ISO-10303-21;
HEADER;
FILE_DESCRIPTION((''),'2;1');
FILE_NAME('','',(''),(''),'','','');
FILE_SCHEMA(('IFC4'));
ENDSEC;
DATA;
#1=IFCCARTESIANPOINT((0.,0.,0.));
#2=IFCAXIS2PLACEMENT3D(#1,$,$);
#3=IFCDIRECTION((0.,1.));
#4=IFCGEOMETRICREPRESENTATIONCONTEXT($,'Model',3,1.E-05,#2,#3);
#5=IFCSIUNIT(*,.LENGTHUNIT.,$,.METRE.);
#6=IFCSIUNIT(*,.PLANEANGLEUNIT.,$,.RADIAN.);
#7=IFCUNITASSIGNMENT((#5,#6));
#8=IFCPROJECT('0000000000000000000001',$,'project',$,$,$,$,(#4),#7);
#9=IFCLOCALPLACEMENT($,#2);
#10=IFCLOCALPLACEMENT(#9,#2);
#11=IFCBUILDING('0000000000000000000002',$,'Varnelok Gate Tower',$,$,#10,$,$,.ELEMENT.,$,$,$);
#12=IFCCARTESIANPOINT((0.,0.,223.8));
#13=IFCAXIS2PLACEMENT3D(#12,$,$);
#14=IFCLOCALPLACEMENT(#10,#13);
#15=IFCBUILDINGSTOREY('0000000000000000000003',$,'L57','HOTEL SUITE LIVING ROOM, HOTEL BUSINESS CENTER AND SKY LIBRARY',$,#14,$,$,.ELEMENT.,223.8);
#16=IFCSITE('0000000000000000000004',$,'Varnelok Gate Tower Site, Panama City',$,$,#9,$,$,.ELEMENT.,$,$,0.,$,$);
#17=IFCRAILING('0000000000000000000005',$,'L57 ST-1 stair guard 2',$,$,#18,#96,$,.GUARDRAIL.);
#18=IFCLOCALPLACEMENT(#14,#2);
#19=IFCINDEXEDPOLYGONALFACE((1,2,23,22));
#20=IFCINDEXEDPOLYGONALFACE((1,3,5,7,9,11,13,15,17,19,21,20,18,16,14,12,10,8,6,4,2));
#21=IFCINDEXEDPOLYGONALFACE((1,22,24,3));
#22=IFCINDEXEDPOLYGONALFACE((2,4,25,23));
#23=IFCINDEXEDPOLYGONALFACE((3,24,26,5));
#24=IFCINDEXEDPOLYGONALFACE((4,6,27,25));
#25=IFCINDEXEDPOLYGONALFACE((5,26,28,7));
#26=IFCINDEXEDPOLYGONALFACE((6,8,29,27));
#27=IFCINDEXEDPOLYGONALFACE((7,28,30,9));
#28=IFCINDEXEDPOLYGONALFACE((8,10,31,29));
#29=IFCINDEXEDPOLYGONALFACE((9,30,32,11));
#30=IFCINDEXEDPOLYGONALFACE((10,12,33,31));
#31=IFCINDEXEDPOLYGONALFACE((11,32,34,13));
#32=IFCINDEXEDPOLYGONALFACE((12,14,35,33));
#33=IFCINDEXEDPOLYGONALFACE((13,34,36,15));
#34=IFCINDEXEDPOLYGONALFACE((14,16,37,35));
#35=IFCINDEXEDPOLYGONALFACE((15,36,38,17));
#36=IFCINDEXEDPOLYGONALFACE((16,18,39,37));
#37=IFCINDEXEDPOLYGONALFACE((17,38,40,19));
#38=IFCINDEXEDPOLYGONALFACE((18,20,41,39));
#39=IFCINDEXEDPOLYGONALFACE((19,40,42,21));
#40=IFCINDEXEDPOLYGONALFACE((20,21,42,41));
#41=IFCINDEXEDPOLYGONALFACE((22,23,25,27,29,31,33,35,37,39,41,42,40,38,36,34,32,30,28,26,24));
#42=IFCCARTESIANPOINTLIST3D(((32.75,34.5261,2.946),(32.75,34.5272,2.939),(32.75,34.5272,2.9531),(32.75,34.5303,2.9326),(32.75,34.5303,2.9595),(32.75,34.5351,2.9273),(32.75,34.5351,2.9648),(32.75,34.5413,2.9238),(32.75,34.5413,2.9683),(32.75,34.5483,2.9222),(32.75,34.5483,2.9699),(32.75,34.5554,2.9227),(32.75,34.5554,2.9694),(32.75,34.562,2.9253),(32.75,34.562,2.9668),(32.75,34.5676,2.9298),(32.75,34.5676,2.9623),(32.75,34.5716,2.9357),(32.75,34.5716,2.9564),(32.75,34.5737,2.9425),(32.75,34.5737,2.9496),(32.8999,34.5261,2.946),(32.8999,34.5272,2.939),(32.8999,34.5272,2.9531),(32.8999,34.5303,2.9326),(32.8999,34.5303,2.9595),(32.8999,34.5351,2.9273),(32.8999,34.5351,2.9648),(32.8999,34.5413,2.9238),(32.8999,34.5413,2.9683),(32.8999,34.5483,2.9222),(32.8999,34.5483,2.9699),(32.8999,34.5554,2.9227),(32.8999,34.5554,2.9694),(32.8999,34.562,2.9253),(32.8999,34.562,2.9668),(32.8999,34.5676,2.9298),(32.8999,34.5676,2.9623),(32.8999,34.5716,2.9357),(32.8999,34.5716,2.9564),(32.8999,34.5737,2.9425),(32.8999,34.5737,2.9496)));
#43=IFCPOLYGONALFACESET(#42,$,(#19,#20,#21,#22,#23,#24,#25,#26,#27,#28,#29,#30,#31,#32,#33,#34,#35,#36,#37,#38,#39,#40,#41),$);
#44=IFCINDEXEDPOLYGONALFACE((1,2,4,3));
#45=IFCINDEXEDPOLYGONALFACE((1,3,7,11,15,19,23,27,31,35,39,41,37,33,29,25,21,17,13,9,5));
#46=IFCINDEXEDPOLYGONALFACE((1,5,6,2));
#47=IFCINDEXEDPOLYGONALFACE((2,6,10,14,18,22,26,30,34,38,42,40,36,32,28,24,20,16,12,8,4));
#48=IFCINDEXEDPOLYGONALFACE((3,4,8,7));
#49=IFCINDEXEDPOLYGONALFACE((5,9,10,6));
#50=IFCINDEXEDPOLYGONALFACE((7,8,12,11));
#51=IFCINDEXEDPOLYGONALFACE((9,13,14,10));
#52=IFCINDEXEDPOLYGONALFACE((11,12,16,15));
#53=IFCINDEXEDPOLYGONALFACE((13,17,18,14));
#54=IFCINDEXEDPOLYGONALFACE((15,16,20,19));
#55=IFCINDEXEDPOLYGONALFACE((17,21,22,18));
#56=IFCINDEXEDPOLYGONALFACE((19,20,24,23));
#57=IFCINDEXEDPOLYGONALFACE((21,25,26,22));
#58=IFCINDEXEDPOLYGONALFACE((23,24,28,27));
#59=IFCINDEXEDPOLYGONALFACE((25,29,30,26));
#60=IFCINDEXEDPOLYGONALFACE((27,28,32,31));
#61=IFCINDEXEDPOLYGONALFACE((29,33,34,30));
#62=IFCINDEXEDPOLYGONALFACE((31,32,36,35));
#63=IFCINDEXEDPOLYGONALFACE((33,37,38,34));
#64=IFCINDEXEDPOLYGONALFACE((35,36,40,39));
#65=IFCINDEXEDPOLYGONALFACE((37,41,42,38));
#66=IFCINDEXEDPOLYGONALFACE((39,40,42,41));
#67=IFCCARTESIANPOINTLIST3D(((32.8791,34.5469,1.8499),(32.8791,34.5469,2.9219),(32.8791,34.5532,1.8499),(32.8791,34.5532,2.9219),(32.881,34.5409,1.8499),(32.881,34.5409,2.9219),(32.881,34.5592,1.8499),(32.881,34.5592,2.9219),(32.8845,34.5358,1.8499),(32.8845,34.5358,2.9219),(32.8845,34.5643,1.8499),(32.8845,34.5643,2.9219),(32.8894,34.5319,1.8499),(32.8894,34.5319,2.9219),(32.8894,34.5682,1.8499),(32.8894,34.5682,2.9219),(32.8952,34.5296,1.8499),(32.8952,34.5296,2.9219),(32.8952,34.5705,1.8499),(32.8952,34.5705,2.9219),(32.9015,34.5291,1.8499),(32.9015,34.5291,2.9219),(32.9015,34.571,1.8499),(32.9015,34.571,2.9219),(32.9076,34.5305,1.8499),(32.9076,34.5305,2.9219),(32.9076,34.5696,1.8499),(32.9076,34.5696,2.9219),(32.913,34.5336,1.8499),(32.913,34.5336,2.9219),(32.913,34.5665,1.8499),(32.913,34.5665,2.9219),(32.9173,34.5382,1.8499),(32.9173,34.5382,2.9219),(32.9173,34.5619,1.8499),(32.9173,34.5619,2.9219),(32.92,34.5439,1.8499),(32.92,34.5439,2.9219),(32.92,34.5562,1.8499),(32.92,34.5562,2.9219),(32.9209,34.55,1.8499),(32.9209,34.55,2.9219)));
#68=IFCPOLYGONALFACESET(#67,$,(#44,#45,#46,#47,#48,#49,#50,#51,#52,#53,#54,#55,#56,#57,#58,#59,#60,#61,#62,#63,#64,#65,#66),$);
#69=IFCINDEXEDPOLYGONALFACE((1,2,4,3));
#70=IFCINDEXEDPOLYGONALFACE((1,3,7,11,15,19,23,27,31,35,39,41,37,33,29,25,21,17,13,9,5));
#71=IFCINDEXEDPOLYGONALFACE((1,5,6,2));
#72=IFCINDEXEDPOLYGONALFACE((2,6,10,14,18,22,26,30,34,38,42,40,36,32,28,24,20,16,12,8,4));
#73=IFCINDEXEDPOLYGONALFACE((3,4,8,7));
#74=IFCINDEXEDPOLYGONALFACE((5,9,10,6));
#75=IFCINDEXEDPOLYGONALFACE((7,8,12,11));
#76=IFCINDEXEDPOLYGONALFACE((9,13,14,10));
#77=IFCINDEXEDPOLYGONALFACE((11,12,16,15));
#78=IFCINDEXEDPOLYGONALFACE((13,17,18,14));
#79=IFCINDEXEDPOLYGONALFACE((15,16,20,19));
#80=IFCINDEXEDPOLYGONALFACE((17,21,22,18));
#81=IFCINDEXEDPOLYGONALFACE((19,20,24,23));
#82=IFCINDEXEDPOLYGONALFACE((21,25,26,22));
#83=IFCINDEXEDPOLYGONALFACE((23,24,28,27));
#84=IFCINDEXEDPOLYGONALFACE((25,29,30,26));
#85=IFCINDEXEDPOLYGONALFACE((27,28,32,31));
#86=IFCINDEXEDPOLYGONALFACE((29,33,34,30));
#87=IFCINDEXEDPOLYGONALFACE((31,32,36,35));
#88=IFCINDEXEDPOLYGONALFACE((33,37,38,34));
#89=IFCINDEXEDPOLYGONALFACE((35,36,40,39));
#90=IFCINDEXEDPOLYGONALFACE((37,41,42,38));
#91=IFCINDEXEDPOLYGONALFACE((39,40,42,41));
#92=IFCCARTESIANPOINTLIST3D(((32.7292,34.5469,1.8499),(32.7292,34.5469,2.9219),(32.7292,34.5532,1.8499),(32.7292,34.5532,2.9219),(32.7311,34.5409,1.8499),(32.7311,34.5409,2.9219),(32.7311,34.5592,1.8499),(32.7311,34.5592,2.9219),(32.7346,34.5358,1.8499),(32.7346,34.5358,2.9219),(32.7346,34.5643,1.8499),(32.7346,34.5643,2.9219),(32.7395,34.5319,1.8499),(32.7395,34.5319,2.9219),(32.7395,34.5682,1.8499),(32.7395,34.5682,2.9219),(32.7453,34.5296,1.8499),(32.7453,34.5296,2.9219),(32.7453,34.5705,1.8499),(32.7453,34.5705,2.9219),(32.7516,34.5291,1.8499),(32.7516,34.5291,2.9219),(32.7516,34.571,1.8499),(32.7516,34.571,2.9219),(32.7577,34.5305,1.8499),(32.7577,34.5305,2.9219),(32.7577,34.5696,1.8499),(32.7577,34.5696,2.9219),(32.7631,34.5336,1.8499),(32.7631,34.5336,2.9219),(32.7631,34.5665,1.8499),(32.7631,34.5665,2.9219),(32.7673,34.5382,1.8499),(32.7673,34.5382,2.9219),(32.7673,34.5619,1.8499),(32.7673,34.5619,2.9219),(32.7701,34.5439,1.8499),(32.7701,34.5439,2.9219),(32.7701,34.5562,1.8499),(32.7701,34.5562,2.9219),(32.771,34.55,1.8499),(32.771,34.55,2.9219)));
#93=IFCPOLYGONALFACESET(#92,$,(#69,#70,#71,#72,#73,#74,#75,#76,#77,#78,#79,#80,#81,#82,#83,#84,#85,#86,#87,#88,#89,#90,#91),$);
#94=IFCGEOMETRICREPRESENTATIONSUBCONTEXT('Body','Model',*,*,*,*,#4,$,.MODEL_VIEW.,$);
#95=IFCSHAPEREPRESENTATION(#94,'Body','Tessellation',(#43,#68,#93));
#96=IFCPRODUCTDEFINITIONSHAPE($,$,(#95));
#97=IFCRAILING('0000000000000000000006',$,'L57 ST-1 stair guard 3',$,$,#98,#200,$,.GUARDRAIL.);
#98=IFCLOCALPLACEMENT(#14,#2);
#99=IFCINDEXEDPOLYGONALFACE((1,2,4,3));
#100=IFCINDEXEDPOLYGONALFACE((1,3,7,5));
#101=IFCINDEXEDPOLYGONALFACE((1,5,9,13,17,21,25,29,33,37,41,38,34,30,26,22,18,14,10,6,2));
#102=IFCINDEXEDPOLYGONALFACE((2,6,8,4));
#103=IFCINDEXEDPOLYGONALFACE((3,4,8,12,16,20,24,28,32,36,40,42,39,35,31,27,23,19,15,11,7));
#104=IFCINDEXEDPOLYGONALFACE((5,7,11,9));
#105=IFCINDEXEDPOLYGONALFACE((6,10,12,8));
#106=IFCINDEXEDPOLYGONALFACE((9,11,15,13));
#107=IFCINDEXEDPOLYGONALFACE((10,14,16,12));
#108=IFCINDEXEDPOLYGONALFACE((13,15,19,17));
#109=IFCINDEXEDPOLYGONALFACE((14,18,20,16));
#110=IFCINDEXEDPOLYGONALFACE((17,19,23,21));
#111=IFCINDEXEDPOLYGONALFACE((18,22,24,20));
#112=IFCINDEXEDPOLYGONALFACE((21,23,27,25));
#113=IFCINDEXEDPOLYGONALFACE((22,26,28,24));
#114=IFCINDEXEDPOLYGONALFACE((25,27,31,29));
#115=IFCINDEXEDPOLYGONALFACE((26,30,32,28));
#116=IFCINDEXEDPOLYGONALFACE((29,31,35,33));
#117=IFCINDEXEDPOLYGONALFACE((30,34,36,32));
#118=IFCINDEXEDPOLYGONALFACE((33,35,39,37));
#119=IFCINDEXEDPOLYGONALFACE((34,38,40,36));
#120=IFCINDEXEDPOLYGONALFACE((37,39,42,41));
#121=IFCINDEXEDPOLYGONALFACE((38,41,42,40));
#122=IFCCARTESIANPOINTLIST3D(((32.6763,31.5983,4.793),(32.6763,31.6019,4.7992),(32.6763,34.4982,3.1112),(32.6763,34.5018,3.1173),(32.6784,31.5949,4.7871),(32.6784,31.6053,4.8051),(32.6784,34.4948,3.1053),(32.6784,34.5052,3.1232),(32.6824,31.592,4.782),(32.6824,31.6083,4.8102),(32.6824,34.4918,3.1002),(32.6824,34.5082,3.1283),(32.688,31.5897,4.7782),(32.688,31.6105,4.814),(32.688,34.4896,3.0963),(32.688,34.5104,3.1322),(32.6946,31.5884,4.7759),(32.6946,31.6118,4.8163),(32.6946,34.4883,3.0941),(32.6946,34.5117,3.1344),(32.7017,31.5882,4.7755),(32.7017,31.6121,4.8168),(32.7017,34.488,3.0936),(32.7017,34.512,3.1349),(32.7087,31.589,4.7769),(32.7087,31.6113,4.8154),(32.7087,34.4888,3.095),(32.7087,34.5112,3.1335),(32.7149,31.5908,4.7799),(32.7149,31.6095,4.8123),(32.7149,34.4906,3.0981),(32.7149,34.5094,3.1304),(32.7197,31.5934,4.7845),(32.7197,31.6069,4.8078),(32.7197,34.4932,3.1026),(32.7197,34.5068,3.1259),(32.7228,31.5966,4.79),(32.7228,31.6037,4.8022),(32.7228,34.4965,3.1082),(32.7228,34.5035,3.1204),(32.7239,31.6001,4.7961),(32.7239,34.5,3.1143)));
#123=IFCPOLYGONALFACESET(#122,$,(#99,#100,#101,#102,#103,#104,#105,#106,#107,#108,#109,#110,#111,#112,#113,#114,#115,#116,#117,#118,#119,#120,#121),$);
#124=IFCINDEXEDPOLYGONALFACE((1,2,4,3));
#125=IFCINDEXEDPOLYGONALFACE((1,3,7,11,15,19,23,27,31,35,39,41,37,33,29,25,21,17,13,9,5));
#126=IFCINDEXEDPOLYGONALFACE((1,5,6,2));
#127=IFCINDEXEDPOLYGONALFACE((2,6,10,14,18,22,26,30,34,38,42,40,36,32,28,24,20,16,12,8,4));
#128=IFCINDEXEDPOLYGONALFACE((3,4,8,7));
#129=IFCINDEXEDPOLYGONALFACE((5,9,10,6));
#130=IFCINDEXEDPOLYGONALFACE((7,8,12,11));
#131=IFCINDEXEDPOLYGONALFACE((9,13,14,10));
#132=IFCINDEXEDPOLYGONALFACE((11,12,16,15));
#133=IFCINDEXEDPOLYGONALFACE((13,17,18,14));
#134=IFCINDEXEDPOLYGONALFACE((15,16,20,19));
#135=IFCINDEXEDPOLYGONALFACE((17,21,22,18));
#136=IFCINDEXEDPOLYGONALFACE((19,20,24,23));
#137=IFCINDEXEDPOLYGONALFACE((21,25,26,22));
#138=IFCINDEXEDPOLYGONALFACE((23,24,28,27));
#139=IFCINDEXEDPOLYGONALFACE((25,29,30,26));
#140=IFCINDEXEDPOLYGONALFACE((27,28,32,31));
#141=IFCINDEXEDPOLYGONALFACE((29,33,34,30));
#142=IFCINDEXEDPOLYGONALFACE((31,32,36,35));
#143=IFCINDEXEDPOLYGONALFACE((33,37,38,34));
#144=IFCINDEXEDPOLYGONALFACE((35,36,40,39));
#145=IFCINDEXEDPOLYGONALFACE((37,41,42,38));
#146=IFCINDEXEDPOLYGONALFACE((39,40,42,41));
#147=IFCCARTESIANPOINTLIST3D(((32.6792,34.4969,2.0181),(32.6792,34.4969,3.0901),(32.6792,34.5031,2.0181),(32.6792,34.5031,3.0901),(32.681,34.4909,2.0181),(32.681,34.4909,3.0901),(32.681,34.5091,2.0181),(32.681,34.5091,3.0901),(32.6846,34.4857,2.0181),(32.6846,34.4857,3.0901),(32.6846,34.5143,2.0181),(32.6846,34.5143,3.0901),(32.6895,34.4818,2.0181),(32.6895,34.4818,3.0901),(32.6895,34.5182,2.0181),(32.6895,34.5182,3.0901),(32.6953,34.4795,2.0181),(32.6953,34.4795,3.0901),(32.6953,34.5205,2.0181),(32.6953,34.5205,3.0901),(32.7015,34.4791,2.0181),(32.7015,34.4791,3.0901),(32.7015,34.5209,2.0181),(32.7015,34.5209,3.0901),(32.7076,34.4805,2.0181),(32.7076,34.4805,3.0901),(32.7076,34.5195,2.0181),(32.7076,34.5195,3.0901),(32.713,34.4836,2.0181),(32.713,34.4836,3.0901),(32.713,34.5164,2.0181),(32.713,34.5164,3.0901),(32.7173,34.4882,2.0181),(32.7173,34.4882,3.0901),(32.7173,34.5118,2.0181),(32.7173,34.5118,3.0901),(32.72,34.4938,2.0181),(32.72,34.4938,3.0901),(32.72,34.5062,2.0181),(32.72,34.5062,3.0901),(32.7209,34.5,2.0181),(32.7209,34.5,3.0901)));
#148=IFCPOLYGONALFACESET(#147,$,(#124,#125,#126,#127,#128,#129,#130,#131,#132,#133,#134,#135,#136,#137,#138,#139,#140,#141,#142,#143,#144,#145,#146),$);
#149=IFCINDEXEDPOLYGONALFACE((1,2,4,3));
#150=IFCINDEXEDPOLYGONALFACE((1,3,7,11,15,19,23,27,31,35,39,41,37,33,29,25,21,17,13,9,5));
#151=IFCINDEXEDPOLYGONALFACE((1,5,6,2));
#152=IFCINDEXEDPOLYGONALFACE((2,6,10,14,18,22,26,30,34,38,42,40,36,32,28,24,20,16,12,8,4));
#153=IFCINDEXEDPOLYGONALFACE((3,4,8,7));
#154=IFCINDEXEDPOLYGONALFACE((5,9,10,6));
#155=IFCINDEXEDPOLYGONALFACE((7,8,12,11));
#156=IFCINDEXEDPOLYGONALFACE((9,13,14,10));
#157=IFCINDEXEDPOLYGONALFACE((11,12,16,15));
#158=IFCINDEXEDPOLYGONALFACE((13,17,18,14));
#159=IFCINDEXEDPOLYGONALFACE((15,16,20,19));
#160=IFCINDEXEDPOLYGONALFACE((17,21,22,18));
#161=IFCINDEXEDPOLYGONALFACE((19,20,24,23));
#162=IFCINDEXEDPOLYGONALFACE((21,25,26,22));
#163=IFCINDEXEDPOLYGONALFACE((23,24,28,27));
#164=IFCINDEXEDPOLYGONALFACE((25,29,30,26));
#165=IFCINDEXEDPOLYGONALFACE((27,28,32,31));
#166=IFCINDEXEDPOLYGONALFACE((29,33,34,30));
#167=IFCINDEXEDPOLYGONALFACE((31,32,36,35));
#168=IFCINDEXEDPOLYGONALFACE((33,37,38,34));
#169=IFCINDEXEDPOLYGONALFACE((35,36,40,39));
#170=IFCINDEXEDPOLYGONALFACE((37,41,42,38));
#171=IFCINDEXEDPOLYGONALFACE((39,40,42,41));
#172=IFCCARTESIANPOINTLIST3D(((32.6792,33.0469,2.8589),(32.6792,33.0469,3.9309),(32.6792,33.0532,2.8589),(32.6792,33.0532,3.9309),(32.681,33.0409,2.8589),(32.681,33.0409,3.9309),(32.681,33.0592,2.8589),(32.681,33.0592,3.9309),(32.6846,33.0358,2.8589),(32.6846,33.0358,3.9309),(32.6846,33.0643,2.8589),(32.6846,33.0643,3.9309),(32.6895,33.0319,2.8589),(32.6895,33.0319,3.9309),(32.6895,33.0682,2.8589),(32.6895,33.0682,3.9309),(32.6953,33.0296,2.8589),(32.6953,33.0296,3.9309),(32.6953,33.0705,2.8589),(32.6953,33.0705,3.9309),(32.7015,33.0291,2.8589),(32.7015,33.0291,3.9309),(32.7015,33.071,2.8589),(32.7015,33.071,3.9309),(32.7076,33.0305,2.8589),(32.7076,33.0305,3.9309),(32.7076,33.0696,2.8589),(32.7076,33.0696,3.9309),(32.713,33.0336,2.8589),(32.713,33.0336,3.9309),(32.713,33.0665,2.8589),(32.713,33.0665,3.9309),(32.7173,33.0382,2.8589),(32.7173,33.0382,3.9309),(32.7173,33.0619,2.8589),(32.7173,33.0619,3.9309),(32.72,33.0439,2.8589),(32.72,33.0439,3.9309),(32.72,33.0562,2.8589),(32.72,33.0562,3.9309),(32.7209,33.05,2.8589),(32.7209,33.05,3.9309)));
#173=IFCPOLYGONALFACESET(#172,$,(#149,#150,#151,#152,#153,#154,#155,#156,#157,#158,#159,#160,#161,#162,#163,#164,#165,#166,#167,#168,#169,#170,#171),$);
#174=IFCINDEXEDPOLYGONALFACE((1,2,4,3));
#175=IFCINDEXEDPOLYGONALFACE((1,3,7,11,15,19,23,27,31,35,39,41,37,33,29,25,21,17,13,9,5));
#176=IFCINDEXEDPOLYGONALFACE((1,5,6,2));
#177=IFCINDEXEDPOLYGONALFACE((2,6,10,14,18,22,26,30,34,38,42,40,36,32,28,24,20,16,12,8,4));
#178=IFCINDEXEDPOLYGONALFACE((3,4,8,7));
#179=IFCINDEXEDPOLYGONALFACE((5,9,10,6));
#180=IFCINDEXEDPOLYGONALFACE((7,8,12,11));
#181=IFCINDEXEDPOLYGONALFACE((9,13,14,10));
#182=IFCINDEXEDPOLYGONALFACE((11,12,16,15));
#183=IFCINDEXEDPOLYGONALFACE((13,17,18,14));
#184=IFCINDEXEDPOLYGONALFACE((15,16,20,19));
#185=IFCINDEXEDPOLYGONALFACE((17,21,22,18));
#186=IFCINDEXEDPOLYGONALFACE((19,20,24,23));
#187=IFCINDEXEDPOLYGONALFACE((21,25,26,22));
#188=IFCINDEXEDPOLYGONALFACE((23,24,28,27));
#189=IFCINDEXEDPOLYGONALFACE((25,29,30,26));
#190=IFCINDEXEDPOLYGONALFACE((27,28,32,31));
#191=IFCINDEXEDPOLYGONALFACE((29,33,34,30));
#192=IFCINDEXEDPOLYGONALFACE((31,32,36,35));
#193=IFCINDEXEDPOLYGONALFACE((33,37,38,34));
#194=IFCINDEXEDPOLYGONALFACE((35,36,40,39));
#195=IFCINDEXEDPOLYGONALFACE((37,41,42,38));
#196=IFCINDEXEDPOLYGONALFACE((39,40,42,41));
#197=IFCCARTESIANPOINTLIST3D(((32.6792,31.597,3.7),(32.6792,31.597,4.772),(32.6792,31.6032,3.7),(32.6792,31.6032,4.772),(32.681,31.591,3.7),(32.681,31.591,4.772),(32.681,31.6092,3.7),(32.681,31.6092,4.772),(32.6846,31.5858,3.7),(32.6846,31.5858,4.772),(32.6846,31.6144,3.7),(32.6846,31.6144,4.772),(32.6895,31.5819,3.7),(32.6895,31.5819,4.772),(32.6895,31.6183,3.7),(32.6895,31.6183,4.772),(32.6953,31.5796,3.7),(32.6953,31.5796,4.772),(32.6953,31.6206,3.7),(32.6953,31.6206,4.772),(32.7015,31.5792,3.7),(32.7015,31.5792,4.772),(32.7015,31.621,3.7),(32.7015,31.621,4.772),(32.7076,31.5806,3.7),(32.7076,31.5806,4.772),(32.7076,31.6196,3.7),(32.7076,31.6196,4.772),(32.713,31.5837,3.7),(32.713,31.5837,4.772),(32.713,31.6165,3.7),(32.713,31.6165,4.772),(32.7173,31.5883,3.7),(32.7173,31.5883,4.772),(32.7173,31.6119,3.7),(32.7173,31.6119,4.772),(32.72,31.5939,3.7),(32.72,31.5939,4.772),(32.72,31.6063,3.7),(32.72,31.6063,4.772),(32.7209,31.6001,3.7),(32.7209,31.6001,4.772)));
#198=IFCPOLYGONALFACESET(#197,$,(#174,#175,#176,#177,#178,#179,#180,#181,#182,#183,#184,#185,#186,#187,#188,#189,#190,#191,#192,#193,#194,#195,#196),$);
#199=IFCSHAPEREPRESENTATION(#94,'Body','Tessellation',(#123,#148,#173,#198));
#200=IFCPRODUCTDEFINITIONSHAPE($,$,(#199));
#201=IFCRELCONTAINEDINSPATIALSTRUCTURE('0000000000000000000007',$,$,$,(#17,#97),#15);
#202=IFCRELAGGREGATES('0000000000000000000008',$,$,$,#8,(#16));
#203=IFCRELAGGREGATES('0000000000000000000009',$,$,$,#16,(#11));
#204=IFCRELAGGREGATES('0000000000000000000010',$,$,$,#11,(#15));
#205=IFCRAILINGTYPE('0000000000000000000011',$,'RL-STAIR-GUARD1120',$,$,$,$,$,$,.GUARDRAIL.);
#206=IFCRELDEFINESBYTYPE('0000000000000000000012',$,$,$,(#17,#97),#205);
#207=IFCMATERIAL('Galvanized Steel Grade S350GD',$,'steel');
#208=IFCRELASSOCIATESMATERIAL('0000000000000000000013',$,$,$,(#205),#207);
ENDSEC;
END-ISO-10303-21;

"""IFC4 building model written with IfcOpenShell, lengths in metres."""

from ifc_helpers import new_model, si_unit, direction, frame, origin, origin_2d, place, context, subcontext, project, spatial, circle, extrude, material, type_object, element, save


model = new_model("IFC4")

# Units and contexts
model_context = context("Model", 3, precision=1e-05, world=origin(), true_north=direction((0.0, 1.0)))
body_context = subcontext(model_context, "Body", "Model", "MODEL_VIEW")
ifc_project = project(units=[si_unit("LENGTHUNIT", "METRE"), si_unit("PLANEANGLEUNIT", "RADIAN")], contexts=[model_context])

# Site, building, storey
site_placement = place(None, origin())
site = spatial("IfcSite", under=ifc_project, at=site_placement, Name="Varnelok Gate Tower Site, Panama City", CompositionType="ELEMENT", RefElevation=0.0)
building_placement = place(site_placement, origin())
building = spatial("IfcBuilding", under=site, at=building_placement, Name="Varnelok Gate Tower", CompositionType="ELEMENT")
storey_placement = place(building_placement, frame((0.0, 0.0, 223.8)))
storey = spatial("IfcBuildingStorey", under=building, at=storey_placement, Name="L57", Description="HOTEL SUITE LIVING ROOM, HOTEL BUSINESS CENTER AND SKY LIBRARY", CompositionType="ELEMENT", Elevation=223.8)

# Railings
ifc_material_1 = material(Name="Galvanized Steel Grade S350GD", Category="steel")
railing_type_1 = type_object("IfcRailingType", Name="RL-STAIR-GUARD1120", PredefinedType="GUARDRAIL", material=ifc_material_1)
railing_1_placement = place(storey_placement, frame((32.8999, 34.55, 1.8499)))
element("IfcRailing", 1, at=railing_1_placement, inside=storey, type_object=railing_type_1, Name="L57 ST-1 stair guard 2", PredefinedType="GUARDRAIL", context=body_context, shape_type="SweptSolid", body=[
    extrude(circle(Radius=0.0239, at=origin_2d()), frame((0.0, 0.0, 1.0962), z_axis=(-1.0, 0.0, 0.0), x_axis=(0.0, -1.0, 0.0)), (0.0, 0.0, 1.0), 0.1499),
    extrude(circle(Radius=0.021, at=origin_2d()), origin(), (0.0, 0.0, 1.0), 1.072),
    extrude(circle(Radius=0.021, at=origin_2d()), frame((-0.1499, 0.0, 0.0)), (0.0, 0.0, 1.0), 1.072),
])
railing_2_placement = place(storey_placement, frame((32.7, 34.5, 2.0181)))
element("IfcRailing", 2, at=railing_2_placement, inside=storey, type_object=railing_type_1, Name="L57 ST-1 stair guard 3", PredefinedType="GUARDRAIL", context=body_context, shape_type="SweptSolid", body=[
    extrude(circle(Radius=0.0239, at=origin_2d()), frame((0.0, 0.0, 1.0962), z_axis=(0.0, -0.865039, 0.501705), x_axis=(1.0, 0.0, 0.0)), (0.0, 0.0, 1.0), 3.3523),
    extrude(circle(Radius=0.021, at=origin_2d()), origin(), (0.0, 0.0, 1.0), 1.072),
    extrude(circle(Radius=0.021, at=origin_2d()), frame((0.0, -1.45, 0.8408)), (0.0, 0.0, 1.0), 1.072),
    extrude(circle(Radius=0.021, at=origin_2d()), frame((0.0, -2.8999, 1.6819)), (0.0, 0.0, 1.0), 1.072),
])

save(model, "model.ifc")
